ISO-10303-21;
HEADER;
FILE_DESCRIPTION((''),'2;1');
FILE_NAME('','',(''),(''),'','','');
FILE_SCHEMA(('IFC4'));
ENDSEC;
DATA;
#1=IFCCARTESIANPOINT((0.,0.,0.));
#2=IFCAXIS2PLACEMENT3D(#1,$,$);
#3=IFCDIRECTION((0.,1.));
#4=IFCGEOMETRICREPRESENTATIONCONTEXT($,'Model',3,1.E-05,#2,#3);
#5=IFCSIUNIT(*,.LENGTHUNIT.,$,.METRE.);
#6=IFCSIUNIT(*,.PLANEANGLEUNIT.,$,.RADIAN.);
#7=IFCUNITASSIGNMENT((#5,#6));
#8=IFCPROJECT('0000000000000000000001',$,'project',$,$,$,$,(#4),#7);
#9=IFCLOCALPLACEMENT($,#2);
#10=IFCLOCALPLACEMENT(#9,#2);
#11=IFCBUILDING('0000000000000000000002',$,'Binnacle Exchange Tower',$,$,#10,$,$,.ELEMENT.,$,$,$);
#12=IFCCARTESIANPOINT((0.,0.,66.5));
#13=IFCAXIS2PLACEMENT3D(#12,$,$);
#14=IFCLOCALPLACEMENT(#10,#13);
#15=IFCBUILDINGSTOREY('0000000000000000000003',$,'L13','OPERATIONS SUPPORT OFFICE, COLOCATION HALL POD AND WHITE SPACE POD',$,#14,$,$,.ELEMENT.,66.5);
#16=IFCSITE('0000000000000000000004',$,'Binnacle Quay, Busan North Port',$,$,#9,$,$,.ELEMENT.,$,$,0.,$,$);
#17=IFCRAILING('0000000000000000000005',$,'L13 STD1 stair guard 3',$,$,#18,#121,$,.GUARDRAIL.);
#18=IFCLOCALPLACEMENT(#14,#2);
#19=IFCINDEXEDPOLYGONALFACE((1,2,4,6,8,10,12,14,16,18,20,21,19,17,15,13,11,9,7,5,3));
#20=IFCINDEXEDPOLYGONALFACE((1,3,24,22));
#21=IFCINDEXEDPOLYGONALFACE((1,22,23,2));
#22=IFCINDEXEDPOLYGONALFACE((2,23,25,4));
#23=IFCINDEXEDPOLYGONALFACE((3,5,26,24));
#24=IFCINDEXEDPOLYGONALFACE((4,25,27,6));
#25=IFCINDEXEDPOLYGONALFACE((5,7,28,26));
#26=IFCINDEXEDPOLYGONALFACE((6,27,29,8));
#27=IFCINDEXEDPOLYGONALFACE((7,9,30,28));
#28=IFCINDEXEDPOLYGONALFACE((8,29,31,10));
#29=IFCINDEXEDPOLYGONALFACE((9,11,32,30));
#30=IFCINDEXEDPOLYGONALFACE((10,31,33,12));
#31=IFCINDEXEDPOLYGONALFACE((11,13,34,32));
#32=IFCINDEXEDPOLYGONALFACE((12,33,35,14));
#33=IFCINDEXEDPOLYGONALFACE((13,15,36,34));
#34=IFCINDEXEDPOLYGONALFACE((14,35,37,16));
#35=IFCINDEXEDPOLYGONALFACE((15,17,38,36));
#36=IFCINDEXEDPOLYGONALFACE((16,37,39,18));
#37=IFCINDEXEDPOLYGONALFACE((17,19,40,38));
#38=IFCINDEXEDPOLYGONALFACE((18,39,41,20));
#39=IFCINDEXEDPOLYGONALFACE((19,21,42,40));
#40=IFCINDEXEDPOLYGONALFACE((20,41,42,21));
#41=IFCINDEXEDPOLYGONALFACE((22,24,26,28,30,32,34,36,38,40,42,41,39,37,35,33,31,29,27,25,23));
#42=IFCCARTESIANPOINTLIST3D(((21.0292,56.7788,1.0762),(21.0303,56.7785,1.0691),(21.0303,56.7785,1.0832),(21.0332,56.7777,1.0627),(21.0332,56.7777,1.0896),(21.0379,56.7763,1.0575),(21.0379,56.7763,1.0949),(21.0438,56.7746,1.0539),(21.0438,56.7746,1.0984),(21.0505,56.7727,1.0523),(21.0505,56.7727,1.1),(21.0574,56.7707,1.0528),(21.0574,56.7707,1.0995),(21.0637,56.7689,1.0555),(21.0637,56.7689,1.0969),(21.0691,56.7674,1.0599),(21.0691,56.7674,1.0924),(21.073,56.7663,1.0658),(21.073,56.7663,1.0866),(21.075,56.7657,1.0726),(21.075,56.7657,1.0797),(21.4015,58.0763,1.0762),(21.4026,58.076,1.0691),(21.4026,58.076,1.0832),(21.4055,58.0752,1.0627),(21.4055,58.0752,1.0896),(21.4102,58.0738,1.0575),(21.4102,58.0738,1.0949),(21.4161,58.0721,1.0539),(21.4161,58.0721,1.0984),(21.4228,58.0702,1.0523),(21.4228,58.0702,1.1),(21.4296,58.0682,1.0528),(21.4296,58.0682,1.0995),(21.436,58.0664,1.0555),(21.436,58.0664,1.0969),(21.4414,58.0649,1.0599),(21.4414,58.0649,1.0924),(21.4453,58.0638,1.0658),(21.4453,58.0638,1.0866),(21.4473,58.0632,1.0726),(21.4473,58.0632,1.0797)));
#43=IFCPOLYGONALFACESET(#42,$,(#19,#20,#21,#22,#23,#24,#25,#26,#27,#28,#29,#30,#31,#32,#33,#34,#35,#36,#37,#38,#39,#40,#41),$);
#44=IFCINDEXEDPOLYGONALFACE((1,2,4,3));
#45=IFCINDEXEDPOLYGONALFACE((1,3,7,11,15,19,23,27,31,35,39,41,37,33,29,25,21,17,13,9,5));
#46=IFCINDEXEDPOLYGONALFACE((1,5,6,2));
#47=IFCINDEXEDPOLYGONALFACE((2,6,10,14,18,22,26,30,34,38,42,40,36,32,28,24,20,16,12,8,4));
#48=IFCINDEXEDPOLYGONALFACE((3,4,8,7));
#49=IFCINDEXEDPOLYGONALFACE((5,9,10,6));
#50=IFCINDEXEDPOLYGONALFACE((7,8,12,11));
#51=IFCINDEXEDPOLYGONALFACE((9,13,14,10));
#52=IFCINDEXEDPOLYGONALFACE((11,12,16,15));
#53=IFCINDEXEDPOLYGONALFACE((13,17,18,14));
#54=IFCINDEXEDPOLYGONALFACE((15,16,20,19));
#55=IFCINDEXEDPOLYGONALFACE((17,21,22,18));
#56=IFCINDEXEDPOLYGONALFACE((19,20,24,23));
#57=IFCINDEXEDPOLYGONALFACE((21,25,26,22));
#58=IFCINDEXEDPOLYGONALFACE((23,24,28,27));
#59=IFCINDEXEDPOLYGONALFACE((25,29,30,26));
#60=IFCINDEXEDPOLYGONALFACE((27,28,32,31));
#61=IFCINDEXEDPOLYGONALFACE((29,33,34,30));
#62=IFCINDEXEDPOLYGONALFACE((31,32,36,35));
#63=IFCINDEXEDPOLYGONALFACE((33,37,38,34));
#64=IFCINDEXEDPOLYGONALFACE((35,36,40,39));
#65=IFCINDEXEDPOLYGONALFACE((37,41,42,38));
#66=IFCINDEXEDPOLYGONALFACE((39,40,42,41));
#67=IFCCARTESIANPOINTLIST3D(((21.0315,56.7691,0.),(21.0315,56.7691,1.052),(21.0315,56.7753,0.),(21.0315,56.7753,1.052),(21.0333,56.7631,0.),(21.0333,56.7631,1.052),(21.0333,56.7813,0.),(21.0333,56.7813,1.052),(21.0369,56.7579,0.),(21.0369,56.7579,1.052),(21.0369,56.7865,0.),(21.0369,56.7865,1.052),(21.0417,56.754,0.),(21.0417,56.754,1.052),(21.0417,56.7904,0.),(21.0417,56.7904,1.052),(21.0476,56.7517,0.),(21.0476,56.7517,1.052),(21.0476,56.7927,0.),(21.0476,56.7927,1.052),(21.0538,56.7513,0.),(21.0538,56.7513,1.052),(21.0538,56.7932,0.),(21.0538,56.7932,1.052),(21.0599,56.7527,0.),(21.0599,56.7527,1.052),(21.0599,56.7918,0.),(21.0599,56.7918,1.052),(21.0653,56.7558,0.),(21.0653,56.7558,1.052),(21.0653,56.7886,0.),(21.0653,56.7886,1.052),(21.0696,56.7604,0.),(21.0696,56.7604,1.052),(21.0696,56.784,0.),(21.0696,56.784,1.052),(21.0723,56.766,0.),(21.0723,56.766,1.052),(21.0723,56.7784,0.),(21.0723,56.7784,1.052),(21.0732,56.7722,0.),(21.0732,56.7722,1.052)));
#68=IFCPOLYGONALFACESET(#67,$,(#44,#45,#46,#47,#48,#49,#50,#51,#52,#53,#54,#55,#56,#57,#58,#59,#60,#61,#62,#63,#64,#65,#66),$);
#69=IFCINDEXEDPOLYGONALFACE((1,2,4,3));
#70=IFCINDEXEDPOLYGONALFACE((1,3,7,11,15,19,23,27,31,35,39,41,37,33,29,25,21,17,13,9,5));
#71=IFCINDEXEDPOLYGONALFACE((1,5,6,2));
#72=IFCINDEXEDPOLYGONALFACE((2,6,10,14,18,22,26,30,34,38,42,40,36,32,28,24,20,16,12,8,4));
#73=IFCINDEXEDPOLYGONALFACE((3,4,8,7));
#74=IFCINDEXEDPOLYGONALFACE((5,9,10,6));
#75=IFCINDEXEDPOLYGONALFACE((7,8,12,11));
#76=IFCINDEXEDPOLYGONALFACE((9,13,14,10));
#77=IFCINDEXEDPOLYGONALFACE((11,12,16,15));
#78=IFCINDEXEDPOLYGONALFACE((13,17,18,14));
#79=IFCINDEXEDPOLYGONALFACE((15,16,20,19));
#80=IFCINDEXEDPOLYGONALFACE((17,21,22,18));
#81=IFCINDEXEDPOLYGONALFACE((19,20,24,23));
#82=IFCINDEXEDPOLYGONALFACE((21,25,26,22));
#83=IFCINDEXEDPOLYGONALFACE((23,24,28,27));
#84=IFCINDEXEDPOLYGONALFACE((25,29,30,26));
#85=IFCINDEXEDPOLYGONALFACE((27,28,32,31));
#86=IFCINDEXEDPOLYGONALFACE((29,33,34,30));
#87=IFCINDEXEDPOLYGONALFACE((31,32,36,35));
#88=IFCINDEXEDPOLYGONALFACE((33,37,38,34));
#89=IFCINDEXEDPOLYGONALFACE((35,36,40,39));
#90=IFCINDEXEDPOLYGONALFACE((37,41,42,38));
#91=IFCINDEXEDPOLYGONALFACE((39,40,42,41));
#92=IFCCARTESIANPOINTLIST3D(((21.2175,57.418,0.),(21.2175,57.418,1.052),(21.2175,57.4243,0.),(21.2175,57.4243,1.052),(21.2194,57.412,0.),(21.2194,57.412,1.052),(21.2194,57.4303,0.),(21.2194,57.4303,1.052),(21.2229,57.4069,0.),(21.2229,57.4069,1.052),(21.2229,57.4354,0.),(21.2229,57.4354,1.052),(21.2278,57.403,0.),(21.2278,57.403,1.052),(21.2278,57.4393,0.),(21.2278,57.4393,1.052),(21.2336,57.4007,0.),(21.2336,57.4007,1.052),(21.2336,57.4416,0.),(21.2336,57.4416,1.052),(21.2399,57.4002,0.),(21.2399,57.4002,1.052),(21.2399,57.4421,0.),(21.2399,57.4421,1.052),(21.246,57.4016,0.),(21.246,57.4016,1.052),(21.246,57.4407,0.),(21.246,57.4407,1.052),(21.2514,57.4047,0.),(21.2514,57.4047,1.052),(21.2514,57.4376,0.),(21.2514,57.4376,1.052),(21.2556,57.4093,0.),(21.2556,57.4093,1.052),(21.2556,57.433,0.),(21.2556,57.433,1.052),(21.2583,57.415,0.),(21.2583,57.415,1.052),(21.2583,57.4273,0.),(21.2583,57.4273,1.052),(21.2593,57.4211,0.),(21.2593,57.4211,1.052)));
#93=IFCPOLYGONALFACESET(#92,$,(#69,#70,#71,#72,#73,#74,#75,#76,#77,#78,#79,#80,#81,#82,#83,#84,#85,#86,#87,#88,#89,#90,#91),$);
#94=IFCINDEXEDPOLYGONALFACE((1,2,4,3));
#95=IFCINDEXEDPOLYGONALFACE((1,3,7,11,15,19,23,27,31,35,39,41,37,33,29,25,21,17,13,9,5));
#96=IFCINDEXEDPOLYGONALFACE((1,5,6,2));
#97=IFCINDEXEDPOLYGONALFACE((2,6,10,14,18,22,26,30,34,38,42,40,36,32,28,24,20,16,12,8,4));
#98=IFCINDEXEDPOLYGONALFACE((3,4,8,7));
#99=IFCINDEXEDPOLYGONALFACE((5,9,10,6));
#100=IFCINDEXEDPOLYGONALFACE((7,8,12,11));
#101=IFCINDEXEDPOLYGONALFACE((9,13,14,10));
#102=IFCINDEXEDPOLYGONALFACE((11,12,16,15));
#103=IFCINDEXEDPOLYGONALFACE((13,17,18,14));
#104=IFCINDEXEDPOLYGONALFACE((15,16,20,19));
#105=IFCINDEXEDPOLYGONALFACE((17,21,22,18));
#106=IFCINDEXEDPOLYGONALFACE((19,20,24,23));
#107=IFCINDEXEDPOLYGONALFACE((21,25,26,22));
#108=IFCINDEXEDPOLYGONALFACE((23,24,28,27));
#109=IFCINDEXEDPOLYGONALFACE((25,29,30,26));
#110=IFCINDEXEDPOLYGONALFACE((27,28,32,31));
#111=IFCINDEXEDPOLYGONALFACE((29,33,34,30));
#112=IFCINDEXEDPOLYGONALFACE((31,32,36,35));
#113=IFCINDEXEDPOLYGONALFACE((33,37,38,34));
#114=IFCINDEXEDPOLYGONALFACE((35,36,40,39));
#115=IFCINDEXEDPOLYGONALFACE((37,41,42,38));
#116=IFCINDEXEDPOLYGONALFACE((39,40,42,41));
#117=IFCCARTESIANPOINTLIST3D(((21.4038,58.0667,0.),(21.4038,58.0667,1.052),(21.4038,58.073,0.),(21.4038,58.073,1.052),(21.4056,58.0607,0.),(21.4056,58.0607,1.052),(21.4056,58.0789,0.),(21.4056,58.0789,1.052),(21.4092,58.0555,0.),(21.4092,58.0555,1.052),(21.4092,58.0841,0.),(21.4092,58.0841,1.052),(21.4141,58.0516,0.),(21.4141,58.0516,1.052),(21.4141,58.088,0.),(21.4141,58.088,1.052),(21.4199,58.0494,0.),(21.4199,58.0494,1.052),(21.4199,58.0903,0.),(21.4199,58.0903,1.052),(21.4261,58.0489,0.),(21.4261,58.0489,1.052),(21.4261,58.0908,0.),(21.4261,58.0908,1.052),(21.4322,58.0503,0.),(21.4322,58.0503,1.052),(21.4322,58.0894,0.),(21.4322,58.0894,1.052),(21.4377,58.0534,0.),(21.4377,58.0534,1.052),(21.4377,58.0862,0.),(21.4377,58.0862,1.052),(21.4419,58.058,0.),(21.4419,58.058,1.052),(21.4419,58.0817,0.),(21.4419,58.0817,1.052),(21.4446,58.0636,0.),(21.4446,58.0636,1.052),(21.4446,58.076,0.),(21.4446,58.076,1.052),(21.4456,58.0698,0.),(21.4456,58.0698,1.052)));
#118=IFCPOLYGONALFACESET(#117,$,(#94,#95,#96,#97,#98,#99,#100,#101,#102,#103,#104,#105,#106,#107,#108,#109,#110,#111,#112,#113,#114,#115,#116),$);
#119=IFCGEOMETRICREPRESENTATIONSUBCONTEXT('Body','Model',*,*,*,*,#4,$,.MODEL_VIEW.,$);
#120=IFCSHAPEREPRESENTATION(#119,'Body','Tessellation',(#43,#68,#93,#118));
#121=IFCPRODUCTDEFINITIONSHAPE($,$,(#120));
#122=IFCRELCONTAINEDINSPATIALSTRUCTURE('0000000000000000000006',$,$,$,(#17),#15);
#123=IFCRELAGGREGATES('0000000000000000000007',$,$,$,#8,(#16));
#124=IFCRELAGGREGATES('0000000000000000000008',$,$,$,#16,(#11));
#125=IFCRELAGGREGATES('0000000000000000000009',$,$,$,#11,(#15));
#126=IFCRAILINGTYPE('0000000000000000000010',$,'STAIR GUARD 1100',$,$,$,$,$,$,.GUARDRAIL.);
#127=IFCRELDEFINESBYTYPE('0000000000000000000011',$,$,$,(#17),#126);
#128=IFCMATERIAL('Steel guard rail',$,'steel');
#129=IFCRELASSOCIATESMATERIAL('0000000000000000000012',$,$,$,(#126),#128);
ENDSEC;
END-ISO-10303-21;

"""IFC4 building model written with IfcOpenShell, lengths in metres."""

from ifc_helpers import new_model, si_unit, direction, frame, origin, origin_2d, place, context, subcontext, project, spatial, circle, extrude, material, type_object, element, save


model = new_model("IFC4")

# Units and contexts
model_context = context("Model", 3, precision=1e-05, world=origin(), true_north=direction((0.0, 1.0)))
body_context = subcontext(model_context, "Body", "Model", "MODEL_VIEW")
ifc_project = project(units=[si_unit("LENGTHUNIT", "METRE"), si_unit("PLANEANGLEUNIT", "RADIAN")], contexts=[model_context])

# Site, building, storey
site_placement = place(None, origin())
site = spatial("IfcSite", under=ifc_project, at=site_placement, Name="Binnacle Quay, Busan North Port", CompositionType="ELEMENT", RefElevation=0.0)
building_placement = place(site_placement, origin())
building = spatial("IfcBuilding", under=site, at=building_placement, Name="Binnacle Exchange Tower", CompositionType="ELEMENT")
storey_placement = place(building_placement, frame((0.0, 0.0, 66.5)))
storey = spatial("IfcBuildingStorey", under=building, at=storey_placement, Name="L13", Description="OPERATIONS SUPPORT OFFICE, COLOCATION HALL POD AND WHITE SPACE POD", CompositionType="ELEMENT", Elevation=66.5)

# Railing
ifc_material_1 = material(Name="Steel guard rail", Category="steel")
railing_type_1 = type_object("IfcRailingType", Name="STAIR GUARD 1100", PredefinedType="GUARDRAIL", material=ifc_material_1)
railing_1_placement = place(storey_placement, frame((21.0522, 56.7722, 0.0)))
element("IfcRailing", 1, at=railing_1_placement, inside=storey, type_object=railing_type_1, Name="L13 STD1 stair guard 3", PredefinedType="GUARDRAIL", context=body_context, shape_type="SweptSolid", body=[
    extrude(circle(Radius=0.0239, at=origin_2d()), frame((0.0, 0.0, 1.0762), z_axis=(0.275796, 0.961216, 0.0), x_axis=(-0.961216, 0.275796, 0.0)), (0.0, 0.0, 1.0), 1.3499),
    extrude(circle(Radius=0.021, at=origin_2d()), origin(), (0.0, 0.0, 1.0), 1.052),
    extrude(circle(Radius=0.021, at=origin_2d()), frame((0.186, 0.6489, 0.0)), (0.0, 0.0, 1.0), 1.052),
    extrude(circle(Radius=0.021, at=origin_2d()), frame((0.3723, 1.2976, 0.0)), (0.0, 0.0, 1.0), 1.052),
])

save(model, "model.ifc")
